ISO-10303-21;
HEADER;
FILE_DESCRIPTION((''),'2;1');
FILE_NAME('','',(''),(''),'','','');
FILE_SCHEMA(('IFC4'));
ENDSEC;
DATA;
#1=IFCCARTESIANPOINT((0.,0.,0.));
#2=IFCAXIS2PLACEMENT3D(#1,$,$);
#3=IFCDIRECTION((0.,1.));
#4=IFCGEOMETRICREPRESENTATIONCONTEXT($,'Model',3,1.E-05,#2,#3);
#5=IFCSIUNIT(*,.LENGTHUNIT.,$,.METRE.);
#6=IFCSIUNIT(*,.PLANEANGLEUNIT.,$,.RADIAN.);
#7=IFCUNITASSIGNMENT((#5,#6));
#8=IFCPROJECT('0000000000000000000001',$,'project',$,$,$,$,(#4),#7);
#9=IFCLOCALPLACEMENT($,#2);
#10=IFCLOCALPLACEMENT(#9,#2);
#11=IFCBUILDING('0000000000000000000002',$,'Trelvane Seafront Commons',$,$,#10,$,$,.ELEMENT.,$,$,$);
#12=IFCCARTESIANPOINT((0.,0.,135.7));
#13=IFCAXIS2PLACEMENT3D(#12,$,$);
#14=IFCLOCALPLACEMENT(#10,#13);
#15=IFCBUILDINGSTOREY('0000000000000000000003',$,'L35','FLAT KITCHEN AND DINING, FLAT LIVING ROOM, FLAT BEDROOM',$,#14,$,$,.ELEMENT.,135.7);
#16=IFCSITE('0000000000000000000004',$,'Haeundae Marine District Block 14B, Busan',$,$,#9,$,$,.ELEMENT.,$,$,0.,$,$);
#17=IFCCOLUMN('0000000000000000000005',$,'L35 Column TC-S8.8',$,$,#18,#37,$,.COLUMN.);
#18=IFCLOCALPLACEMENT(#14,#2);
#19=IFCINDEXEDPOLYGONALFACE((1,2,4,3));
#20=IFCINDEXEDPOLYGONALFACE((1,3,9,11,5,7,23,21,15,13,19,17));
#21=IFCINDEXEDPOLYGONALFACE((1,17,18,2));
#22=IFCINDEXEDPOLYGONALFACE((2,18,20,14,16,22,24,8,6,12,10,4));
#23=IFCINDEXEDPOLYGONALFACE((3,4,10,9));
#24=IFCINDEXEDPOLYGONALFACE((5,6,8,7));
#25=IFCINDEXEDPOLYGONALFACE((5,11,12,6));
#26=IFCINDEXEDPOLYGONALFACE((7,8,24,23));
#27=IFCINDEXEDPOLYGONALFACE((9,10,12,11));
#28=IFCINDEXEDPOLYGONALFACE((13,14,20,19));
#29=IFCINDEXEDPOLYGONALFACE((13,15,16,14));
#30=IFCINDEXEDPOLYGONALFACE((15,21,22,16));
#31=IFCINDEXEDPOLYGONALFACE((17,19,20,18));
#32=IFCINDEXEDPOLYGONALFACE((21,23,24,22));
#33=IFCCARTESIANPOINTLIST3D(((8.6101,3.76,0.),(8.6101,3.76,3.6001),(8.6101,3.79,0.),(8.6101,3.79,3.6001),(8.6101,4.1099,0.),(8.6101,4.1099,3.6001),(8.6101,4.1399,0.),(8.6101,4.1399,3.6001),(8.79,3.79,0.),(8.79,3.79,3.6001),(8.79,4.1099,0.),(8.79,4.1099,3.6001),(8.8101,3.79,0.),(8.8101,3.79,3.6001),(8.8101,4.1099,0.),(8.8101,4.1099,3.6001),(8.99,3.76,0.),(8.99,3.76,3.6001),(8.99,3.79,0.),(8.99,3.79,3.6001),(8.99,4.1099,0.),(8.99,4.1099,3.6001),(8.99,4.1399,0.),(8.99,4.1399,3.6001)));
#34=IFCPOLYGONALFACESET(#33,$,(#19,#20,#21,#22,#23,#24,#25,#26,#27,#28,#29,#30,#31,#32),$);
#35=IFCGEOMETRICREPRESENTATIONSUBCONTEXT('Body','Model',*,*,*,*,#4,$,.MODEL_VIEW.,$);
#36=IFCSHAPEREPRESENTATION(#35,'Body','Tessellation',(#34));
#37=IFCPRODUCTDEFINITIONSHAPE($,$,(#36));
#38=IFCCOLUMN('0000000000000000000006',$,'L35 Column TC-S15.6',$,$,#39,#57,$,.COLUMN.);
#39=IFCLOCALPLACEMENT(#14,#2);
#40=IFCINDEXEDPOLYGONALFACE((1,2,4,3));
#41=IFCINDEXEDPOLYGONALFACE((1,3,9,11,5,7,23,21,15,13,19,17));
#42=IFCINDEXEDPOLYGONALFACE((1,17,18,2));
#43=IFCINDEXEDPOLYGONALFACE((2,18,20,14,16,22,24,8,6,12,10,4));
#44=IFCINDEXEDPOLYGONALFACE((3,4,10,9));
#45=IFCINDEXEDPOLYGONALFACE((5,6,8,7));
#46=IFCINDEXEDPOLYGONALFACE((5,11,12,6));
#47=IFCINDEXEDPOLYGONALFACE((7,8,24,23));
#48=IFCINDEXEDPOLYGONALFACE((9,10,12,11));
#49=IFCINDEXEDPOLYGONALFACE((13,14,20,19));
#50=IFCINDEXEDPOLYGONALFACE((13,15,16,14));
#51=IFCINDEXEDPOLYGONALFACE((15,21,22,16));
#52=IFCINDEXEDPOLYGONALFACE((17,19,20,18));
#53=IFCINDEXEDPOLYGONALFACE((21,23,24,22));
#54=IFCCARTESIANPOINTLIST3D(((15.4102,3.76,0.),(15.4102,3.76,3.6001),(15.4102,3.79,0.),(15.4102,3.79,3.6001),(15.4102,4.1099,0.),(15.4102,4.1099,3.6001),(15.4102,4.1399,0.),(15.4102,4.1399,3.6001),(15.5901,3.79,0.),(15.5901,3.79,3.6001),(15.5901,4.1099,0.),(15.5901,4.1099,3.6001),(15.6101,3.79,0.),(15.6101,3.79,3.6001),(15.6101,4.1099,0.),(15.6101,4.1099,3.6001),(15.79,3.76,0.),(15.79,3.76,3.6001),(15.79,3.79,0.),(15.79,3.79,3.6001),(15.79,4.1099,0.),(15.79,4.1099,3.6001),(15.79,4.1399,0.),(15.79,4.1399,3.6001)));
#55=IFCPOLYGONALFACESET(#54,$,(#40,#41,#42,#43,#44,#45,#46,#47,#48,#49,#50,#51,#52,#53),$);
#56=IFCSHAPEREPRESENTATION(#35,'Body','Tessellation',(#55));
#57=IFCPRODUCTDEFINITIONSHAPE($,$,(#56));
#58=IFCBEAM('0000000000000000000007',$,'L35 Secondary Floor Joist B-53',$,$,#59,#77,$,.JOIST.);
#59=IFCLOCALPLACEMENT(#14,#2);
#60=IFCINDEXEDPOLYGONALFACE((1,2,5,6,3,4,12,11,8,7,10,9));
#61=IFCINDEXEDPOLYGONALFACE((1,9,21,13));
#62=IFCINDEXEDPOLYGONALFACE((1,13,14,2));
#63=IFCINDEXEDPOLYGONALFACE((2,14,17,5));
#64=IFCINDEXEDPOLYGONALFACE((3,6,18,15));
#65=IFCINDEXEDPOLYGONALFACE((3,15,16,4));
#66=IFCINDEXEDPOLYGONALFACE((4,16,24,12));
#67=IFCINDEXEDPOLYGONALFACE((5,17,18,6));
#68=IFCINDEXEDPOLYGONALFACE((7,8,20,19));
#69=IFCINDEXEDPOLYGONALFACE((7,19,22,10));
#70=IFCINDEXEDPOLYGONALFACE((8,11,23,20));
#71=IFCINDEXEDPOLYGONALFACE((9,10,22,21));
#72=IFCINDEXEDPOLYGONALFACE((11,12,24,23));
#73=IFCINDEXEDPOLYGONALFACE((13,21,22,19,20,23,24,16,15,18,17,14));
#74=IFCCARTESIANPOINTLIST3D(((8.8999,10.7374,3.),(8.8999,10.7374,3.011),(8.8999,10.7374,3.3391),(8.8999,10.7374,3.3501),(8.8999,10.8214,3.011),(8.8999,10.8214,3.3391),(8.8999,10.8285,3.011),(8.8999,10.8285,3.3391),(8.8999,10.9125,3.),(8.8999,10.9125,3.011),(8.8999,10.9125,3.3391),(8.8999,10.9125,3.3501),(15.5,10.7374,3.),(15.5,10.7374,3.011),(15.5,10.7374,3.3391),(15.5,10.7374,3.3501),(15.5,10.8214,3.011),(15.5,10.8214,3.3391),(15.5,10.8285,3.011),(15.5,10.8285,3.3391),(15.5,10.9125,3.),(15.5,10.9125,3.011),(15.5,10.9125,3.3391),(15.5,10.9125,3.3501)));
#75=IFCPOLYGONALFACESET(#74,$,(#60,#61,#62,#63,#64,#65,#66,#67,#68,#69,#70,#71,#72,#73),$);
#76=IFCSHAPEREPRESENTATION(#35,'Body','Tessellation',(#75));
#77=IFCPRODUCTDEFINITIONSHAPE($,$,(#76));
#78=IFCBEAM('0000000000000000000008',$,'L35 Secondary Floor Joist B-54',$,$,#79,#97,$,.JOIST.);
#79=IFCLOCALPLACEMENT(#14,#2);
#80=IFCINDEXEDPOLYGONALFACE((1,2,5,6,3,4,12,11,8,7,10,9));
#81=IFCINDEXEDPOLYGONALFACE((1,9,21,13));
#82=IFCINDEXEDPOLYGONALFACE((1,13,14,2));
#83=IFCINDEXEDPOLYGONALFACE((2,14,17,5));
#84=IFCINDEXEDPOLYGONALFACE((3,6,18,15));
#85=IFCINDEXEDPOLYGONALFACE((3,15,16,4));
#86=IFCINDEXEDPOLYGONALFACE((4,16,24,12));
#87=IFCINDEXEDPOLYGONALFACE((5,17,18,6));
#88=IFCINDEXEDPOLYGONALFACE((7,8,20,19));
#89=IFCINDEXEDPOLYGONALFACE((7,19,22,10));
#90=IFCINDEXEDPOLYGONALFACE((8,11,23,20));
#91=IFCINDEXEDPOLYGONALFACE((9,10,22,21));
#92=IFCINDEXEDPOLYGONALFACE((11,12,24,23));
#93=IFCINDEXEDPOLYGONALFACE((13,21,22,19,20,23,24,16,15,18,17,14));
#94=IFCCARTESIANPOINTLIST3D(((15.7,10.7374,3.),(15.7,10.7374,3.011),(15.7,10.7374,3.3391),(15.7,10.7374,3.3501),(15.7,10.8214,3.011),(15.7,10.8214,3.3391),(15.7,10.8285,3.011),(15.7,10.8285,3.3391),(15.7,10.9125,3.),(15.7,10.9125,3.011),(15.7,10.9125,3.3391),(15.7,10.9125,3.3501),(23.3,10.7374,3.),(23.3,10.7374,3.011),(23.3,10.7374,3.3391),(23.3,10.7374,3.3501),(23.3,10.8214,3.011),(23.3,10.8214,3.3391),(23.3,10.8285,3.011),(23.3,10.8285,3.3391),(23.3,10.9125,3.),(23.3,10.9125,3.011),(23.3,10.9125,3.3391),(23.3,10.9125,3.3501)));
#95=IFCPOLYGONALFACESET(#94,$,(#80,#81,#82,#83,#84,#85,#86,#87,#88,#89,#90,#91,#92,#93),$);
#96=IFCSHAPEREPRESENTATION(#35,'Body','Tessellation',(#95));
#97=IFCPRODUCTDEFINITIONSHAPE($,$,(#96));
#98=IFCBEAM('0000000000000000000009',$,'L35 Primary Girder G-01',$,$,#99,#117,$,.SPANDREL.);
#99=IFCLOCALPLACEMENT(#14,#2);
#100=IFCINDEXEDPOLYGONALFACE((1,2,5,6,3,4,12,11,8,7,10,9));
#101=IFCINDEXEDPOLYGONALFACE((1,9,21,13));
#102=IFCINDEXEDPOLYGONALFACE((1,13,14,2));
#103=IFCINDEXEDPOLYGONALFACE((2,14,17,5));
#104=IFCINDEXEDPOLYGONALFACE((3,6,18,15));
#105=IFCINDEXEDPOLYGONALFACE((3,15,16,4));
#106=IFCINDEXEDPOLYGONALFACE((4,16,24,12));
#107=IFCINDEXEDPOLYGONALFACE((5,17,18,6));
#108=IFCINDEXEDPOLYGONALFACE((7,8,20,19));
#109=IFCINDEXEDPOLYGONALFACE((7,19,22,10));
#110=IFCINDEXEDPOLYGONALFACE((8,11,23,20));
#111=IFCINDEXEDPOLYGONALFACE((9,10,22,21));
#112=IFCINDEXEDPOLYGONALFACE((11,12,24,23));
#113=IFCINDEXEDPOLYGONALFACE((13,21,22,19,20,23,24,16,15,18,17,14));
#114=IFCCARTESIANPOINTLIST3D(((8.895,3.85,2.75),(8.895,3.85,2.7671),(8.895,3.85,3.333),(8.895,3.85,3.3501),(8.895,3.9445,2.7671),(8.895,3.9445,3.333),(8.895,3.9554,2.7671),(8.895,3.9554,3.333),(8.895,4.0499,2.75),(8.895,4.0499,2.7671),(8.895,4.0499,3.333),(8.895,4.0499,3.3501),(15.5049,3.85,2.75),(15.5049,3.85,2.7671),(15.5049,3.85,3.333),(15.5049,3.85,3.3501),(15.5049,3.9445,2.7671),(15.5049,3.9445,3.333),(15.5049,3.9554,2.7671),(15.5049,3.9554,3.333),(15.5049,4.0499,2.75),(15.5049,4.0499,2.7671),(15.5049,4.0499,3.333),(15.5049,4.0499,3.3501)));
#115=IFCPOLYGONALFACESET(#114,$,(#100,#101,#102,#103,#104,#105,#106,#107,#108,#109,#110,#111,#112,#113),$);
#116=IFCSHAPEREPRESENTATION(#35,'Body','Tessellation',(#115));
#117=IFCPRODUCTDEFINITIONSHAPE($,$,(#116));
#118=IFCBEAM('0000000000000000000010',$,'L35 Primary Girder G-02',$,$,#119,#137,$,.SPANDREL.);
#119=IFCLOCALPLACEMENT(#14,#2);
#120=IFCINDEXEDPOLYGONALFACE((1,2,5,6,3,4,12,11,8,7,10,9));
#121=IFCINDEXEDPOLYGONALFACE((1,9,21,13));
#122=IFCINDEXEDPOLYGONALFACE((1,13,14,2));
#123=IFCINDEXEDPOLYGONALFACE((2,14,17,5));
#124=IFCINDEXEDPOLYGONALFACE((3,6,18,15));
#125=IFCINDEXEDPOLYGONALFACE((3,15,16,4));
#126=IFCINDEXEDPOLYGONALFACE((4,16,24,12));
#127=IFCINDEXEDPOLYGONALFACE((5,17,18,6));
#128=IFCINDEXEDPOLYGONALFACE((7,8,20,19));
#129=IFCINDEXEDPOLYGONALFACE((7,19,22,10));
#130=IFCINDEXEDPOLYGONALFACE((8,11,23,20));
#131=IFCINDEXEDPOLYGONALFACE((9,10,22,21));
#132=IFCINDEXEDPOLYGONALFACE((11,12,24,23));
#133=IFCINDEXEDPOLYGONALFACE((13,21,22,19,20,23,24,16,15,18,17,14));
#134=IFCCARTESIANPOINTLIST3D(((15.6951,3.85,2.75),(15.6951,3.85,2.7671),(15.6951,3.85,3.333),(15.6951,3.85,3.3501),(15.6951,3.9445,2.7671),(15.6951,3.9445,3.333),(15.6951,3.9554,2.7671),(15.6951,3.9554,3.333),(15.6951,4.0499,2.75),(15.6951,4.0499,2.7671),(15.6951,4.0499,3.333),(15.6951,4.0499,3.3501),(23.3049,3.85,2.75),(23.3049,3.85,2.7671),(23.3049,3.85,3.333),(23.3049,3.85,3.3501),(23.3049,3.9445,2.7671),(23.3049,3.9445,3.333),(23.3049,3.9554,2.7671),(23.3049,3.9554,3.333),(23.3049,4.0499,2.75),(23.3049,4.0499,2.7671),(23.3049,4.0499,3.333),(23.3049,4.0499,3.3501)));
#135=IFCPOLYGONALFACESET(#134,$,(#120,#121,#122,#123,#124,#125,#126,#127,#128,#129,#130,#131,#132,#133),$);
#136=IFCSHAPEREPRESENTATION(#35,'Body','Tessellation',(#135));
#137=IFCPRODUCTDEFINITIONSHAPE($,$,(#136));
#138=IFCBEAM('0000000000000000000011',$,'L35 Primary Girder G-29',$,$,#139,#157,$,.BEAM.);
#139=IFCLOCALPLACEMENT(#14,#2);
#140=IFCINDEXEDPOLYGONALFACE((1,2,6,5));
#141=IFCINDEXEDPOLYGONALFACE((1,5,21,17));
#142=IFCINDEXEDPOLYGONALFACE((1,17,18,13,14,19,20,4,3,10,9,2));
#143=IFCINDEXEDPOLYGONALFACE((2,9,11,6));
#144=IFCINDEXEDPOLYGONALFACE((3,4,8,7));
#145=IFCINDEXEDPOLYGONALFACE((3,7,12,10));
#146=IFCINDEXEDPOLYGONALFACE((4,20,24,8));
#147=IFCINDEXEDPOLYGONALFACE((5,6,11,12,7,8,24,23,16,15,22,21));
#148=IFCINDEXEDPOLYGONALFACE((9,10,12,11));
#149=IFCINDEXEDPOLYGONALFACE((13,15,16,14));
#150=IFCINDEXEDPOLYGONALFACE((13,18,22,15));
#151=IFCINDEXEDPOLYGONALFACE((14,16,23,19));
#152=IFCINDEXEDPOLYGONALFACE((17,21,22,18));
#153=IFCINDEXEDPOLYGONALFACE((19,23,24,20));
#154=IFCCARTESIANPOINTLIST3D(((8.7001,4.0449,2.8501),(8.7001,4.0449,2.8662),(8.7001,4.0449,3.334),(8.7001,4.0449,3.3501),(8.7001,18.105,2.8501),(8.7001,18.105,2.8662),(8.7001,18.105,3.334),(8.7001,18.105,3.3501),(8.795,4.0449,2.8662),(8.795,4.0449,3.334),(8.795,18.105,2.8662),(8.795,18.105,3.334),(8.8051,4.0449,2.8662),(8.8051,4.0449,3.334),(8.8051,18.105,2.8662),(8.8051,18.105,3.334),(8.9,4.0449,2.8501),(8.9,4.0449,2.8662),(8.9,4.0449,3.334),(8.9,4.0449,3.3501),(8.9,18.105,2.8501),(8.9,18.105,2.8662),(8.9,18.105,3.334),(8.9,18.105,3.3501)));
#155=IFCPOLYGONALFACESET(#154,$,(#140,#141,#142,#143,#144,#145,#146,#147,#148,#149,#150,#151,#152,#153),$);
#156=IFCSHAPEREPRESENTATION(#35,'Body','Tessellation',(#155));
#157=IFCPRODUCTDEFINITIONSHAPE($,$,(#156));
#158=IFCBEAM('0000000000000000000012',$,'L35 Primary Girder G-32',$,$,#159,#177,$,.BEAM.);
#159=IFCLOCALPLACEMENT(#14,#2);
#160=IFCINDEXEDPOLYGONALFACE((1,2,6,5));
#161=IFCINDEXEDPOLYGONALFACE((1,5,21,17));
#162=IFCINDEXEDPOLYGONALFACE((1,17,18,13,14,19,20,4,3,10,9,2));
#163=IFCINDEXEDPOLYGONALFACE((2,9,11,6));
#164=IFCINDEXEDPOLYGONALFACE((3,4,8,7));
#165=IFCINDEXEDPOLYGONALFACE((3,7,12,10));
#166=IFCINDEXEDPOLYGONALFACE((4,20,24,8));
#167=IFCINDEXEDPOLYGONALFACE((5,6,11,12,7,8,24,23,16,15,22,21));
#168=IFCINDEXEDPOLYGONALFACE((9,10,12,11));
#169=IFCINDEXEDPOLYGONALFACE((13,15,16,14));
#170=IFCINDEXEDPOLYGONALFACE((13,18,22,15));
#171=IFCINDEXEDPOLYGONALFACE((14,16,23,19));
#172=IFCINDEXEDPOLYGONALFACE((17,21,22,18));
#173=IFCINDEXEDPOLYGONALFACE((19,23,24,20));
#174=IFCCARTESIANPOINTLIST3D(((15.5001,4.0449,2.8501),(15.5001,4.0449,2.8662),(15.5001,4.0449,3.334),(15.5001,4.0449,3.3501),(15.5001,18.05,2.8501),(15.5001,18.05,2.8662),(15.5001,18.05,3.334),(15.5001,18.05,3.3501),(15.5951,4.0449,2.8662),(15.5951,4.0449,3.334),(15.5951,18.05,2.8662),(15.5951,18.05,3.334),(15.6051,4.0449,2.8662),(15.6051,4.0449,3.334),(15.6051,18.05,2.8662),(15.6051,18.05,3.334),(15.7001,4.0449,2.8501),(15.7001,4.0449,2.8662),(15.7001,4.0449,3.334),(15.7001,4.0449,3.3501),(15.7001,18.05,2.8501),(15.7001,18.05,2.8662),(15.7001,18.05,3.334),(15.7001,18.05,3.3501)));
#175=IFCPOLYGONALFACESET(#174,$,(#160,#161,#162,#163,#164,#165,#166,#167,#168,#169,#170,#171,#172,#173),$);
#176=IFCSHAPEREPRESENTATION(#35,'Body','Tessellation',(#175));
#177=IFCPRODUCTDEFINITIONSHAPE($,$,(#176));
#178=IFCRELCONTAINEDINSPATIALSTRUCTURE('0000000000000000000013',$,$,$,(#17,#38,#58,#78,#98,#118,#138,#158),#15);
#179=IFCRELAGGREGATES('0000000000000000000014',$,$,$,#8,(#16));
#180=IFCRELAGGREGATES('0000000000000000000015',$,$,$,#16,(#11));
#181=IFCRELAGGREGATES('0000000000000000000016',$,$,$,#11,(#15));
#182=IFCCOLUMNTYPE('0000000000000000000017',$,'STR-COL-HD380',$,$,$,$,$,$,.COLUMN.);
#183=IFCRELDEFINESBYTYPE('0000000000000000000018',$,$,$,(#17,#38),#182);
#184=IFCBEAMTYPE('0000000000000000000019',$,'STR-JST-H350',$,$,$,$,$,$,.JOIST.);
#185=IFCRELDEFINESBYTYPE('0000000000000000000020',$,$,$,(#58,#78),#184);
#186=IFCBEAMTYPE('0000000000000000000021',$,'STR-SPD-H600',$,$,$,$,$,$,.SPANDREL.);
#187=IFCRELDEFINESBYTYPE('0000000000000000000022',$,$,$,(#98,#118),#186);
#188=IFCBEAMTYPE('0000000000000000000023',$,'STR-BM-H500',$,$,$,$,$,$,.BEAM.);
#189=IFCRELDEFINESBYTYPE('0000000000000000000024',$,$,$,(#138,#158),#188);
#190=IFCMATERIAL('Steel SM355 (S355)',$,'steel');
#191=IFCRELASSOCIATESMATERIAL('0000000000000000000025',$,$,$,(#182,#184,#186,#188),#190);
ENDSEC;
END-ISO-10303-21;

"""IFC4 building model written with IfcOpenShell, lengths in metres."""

from ifc_helpers import new_model, si_unit, direction, frame, origin, origin_2d, place, context, subcontext, project, spatial, i_section, extrude, source, transform, mapped, material, material_profile, profile_set, type_object, element, save


model = new_model("IFC4")

# Units and contexts
model_context = context("Model", 3, precision=1e-05, world=origin(), true_north=direction((0.0, 1.0)))
body_context = subcontext(model_context, "Body", "Model", "MODEL_VIEW")
ifc_project = project(units=[si_unit("LENGTHUNIT", "METRE"), si_unit("PLANEANGLEUNIT", "RADIAN")], contexts=[model_context])

# Site, building, storey
site_placement = place(None, origin())
site = spatial("IfcSite", under=ifc_project, at=site_placement, Name="Haeundae Marine District Block 14B, Busan", CompositionType="ELEMENT", RefElevation=0.0)
building_placement = place(site_placement, origin())
building = spatial("IfcBuilding", under=site, at=building_placement, Name="Trelvane Seafront Commons", CompositionType="ELEMENT")
storey_placement = place(building_placement, frame((0.0, 0.0, 135.7)))
storey = spatial("IfcBuildingStorey", under=building, at=storey_placement, Name="L35", Description="FLAT KITCHEN AND DINING, FLAT LIVING ROOM, FLAT BEDROOM", CompositionType="ELEMENT", Elevation=135.7)

# Columns
ifc_material_1 = material(Name="Steel SM355 (S355)", Category="steel")
ifc_material_profile_1 = material_profile(ifc_material_1, i_section(OverallWidth=0.3799, OverallDepth=0.3799, WebThickness=0.02, FlangeThickness=0.03, at=origin_2d()), Name="HD-380x380x20x30")
ifc_profile_set_1 = profile_set([ifc_material_profile_1], Name="Steel SM355 (S355)")
column_type = type_object("IfcColumnType", Name="STR-COL-HD380", PredefinedType="COLUMN", material=ifc_profile_set_1)
shared_shape_1 = source(origin(), body_context, "Body", "SweptSolid", [
    extrude(i_section(OverallWidth=0.3799, OverallDepth=0.3799, WebThickness=0.02, FlangeThickness=0.03, at=origin_2d()), origin(), (0.0, 0.0, 1.0), 3.6001),
])
for number, where, z_axis, x_axis, name in (
    (1, (8.8, 3.95, 0.0), (0.0, 0.0, 1.0), (1.0, 0.0, 0.0), "L35 Column TC-S8.8"),
    (2, (15.6001, 3.95, 0.0), (0.0, 0.0, 1.0), (1.0, 0.0, 0.0), "L35 Column TC-S15.6"),
):
    element("IfcColumn", number, at=place(storey_placement, frame(where, z_axis=z_axis, x_axis=x_axis)), inside=storey, type_object=column_type, Name=name, PredefinedType="COLUMN", context=body_context, shape_type="MappedRepresentation", body=[
        mapped(shared_shape_1, transform((0.0, 0.0, 0.0), x_axis=(1.0, 0.0, 0.0), y_axis=(0.0, 1.0, 0.0), z_axis=(0.0, 0.0, 1.0), scale=1.0)),
    ])

# Beams
ifc_material_profile_2 = material_profile(ifc_material_1, i_section(OverallWidth=0.175, OverallDepth=0.3501, WebThickness=0.0071, FlangeThickness=0.011, at=origin_2d()), Name="H-350x175x7x11")
ifc_profile_set_2 = profile_set([ifc_material_profile_2], Name="Steel SM355 (S355)")
beam_type_1 = type_object("IfcBeamType", Name="STR-JST-H350", PredefinedType="JOIST", material=ifc_profile_set_2)
shared_shape_2 = source(origin(), body_context, "Body", "SweptSolid", [
    extrude(i_section(OverallWidth=0.175, OverallDepth=0.3501, WebThickness=0.0071, FlangeThickness=0.011, at=origin_2d()), origin(), (0.0, 0.0, 1.0), 6.6001),
])
beam_1_placement = place(storey_placement, frame((8.8999, 10.825, 3.175), z_axis=(1.0, 0.0, 0.0), x_axis=(0.0, 1.0, 0.0)))
element("IfcBeam", 3, at=beam_1_placement, inside=storey, type_object=beam_type_1, Name="L35 Secondary Floor Joist B-53", PredefinedType="JOIST", context=body_context, shape_type="MappedRepresentation", body=[
    mapped(shared_shape_2, transform((0.0, 0.0, 0.0), x_axis=(1.0, 0.0, 0.0), y_axis=(0.0, 1.0, 0.0), z_axis=(0.0, 0.0, 1.0), scale=1.0)),
])
shared_shape_3 = source(origin(), body_context, "Body", "SweptSolid", [
    extrude(i_section(OverallWidth=0.175, OverallDepth=0.3501, WebThickness=0.0071, FlangeThickness=0.011, at=origin_2d()), origin(), (0.0, 0.0, 1.0), 7.6001),
])
beam_2_placement = place(storey_placement, frame((15.7, 10.825, 3.175), z_axis=(1.0, 0.0, 0.0), x_axis=(0.0, 1.0, 0.0)))
element("IfcBeam", 4, at=beam_2_placement, inside=storey, type_object=beam_type_1, Name="L35 Secondary Floor Joist B-54", PredefinedType="JOIST", context=body_context, shape_type="MappedRepresentation", body=[
    mapped(shared_shape_3, transform((0.0, 0.0, 0.0), x_axis=(1.0, 0.0, 0.0), y_axis=(0.0, 1.0, 0.0), z_axis=(0.0, 0.0, 1.0), scale=1.0)),
])
ifc_material_profile_3 = material_profile(ifc_material_1, i_section(OverallWidth=0.2, OverallDepth=0.6001, WebThickness=0.011, FlangeThickness=0.0171, at=origin_2d()), Name="H-600x200x11x17")
ifc_profile_set_3 = profile_set([ifc_material_profile_3], Name="Steel SM355 (S355)")
beam_type_2 = type_object("IfcBeamType", Name="STR-SPD-H600", PredefinedType="SPANDREL", material=ifc_profile_set_3)
shared_shape_4 = source(origin(), body_context, "Body", "SweptSolid", [
    extrude(i_section(OverallWidth=0.2, OverallDepth=0.6001, WebThickness=0.011, FlangeThickness=0.0171, at=origin_2d()), origin(), (0.0, 0.0, 1.0), 6.6099),
])
beam_3_placement = place(storey_placement, frame((8.895, 3.95, 3.05), z_axis=(1.0, 0.0, 0.0), x_axis=(0.0, 1.0, 0.0)))
element("IfcBeam", 5, at=beam_3_placement, inside=storey, type_object=beam_type_2, Name="L35 Primary Girder G-01", PredefinedType="SPANDREL", context=body_context, shape_type="MappedRepresentation", body=[
    mapped(shared_shape_4, transform((0.0, 0.0, 0.0), x_axis=(1.0, 0.0, 0.0), y_axis=(0.0, 1.0, 0.0), z_axis=(0.0, 0.0, 1.0), scale=1.0)),
])
shared_shape_5 = source(origin(), body_context, "Body", "SweptSolid", [
    extrude(i_section(OverallWidth=0.2, OverallDepth=0.6001, WebThickness=0.011, FlangeThickness=0.0171, at=origin_2d()), origin(), (0.0, 0.0, 1.0), 7.6099),
])
beam_4_placement = place(storey_placement, frame((15.6951, 3.95, 3.05), z_axis=(1.0, 0.0, 0.0), x_axis=(0.0, 1.0, 0.0)))
element("IfcBeam", 6, at=beam_4_placement, inside=storey, type_object=beam_type_2, Name="L35 Primary Girder G-02", PredefinedType="SPANDREL", context=body_context, shape_type="MappedRepresentation", body=[
    mapped(shared_shape_5, transform((0.0, 0.0, 0.0), x_axis=(1.0, 0.0, 0.0), y_axis=(0.0, 1.0, 0.0), z_axis=(0.0, 0.0, 1.0), scale=1.0)),
])
ifc_material_profile_4 = material_profile(ifc_material_1, i_section(OverallWidth=0.2, OverallDepth=0.5, WebThickness=0.01, FlangeThickness=0.0161, at=origin_2d()), Name="H-500x200x10x16")
ifc_profile_set_4 = profile_set([ifc_material_profile_4], Name="Steel SM355 (S355)")
beam_type_3 = type_object("IfcBeamType", Name="STR-BM-H500", PredefinedType="BEAM", material=ifc_profile_set_4)
shared_shape_6 = source(origin(), body_context, "Body", "SweptSolid", [
    extrude(i_section(OverallWidth=0.2, OverallDepth=0.5, WebThickness=0.01, FlangeThickness=0.0161, at=origin_2d()), origin(), (0.0, 0.0, 1.0), 14.0601),
])
beam_5_placement = place(storey_placement, frame((8.8, 4.0449, 3.1001), z_axis=(0.0, 1.0, 0.0), x_axis=(-1.0, 0.0, 0.0)))
element("IfcBeam", 7, at=beam_5_placement, inside=storey, type_object=beam_type_3, Name="L35 Primary Girder G-29", PredefinedType="BEAM", context=body_context, shape_type="MappedRepresentation", body=[
    mapped(shared_shape_6, transform((0.0, 0.0, 0.0), x_axis=(1.0, 0.0, 0.0), y_axis=(0.0, 1.0, 0.0), z_axis=(0.0, 0.0, 1.0), scale=1.0)),
])
shared_shape_7 = source(origin(), body_context, "Body", "SweptSolid", [
    extrude(i_section(OverallWidth=0.2, OverallDepth=0.5, WebThickness=0.01, FlangeThickness=0.0161, at=origin_2d()), origin(), (0.0, 0.0, 1.0), 14.0051),
])
beam_6_placement = place(storey_placement, frame((15.6001, 4.0449, 3.1001), z_axis=(0.0, 1.0, 0.0), x_axis=(-1.0, 0.0, 0.0)))
element("IfcBeam", 8, at=beam_6_placement, inside=storey, type_object=beam_type_3, Name="L35 Primary Girder G-32", PredefinedType="BEAM", context=body_context, shape_type="MappedRepresentation", body=[
    mapped(shared_shape_7, transform((0.0, 0.0, 0.0), x_axis=(1.0, 0.0, 0.0), y_axis=(0.0, 1.0, 0.0), z_axis=(0.0, 0.0, 1.0), scale=1.0)),
])

save(model, "model.ifc")
